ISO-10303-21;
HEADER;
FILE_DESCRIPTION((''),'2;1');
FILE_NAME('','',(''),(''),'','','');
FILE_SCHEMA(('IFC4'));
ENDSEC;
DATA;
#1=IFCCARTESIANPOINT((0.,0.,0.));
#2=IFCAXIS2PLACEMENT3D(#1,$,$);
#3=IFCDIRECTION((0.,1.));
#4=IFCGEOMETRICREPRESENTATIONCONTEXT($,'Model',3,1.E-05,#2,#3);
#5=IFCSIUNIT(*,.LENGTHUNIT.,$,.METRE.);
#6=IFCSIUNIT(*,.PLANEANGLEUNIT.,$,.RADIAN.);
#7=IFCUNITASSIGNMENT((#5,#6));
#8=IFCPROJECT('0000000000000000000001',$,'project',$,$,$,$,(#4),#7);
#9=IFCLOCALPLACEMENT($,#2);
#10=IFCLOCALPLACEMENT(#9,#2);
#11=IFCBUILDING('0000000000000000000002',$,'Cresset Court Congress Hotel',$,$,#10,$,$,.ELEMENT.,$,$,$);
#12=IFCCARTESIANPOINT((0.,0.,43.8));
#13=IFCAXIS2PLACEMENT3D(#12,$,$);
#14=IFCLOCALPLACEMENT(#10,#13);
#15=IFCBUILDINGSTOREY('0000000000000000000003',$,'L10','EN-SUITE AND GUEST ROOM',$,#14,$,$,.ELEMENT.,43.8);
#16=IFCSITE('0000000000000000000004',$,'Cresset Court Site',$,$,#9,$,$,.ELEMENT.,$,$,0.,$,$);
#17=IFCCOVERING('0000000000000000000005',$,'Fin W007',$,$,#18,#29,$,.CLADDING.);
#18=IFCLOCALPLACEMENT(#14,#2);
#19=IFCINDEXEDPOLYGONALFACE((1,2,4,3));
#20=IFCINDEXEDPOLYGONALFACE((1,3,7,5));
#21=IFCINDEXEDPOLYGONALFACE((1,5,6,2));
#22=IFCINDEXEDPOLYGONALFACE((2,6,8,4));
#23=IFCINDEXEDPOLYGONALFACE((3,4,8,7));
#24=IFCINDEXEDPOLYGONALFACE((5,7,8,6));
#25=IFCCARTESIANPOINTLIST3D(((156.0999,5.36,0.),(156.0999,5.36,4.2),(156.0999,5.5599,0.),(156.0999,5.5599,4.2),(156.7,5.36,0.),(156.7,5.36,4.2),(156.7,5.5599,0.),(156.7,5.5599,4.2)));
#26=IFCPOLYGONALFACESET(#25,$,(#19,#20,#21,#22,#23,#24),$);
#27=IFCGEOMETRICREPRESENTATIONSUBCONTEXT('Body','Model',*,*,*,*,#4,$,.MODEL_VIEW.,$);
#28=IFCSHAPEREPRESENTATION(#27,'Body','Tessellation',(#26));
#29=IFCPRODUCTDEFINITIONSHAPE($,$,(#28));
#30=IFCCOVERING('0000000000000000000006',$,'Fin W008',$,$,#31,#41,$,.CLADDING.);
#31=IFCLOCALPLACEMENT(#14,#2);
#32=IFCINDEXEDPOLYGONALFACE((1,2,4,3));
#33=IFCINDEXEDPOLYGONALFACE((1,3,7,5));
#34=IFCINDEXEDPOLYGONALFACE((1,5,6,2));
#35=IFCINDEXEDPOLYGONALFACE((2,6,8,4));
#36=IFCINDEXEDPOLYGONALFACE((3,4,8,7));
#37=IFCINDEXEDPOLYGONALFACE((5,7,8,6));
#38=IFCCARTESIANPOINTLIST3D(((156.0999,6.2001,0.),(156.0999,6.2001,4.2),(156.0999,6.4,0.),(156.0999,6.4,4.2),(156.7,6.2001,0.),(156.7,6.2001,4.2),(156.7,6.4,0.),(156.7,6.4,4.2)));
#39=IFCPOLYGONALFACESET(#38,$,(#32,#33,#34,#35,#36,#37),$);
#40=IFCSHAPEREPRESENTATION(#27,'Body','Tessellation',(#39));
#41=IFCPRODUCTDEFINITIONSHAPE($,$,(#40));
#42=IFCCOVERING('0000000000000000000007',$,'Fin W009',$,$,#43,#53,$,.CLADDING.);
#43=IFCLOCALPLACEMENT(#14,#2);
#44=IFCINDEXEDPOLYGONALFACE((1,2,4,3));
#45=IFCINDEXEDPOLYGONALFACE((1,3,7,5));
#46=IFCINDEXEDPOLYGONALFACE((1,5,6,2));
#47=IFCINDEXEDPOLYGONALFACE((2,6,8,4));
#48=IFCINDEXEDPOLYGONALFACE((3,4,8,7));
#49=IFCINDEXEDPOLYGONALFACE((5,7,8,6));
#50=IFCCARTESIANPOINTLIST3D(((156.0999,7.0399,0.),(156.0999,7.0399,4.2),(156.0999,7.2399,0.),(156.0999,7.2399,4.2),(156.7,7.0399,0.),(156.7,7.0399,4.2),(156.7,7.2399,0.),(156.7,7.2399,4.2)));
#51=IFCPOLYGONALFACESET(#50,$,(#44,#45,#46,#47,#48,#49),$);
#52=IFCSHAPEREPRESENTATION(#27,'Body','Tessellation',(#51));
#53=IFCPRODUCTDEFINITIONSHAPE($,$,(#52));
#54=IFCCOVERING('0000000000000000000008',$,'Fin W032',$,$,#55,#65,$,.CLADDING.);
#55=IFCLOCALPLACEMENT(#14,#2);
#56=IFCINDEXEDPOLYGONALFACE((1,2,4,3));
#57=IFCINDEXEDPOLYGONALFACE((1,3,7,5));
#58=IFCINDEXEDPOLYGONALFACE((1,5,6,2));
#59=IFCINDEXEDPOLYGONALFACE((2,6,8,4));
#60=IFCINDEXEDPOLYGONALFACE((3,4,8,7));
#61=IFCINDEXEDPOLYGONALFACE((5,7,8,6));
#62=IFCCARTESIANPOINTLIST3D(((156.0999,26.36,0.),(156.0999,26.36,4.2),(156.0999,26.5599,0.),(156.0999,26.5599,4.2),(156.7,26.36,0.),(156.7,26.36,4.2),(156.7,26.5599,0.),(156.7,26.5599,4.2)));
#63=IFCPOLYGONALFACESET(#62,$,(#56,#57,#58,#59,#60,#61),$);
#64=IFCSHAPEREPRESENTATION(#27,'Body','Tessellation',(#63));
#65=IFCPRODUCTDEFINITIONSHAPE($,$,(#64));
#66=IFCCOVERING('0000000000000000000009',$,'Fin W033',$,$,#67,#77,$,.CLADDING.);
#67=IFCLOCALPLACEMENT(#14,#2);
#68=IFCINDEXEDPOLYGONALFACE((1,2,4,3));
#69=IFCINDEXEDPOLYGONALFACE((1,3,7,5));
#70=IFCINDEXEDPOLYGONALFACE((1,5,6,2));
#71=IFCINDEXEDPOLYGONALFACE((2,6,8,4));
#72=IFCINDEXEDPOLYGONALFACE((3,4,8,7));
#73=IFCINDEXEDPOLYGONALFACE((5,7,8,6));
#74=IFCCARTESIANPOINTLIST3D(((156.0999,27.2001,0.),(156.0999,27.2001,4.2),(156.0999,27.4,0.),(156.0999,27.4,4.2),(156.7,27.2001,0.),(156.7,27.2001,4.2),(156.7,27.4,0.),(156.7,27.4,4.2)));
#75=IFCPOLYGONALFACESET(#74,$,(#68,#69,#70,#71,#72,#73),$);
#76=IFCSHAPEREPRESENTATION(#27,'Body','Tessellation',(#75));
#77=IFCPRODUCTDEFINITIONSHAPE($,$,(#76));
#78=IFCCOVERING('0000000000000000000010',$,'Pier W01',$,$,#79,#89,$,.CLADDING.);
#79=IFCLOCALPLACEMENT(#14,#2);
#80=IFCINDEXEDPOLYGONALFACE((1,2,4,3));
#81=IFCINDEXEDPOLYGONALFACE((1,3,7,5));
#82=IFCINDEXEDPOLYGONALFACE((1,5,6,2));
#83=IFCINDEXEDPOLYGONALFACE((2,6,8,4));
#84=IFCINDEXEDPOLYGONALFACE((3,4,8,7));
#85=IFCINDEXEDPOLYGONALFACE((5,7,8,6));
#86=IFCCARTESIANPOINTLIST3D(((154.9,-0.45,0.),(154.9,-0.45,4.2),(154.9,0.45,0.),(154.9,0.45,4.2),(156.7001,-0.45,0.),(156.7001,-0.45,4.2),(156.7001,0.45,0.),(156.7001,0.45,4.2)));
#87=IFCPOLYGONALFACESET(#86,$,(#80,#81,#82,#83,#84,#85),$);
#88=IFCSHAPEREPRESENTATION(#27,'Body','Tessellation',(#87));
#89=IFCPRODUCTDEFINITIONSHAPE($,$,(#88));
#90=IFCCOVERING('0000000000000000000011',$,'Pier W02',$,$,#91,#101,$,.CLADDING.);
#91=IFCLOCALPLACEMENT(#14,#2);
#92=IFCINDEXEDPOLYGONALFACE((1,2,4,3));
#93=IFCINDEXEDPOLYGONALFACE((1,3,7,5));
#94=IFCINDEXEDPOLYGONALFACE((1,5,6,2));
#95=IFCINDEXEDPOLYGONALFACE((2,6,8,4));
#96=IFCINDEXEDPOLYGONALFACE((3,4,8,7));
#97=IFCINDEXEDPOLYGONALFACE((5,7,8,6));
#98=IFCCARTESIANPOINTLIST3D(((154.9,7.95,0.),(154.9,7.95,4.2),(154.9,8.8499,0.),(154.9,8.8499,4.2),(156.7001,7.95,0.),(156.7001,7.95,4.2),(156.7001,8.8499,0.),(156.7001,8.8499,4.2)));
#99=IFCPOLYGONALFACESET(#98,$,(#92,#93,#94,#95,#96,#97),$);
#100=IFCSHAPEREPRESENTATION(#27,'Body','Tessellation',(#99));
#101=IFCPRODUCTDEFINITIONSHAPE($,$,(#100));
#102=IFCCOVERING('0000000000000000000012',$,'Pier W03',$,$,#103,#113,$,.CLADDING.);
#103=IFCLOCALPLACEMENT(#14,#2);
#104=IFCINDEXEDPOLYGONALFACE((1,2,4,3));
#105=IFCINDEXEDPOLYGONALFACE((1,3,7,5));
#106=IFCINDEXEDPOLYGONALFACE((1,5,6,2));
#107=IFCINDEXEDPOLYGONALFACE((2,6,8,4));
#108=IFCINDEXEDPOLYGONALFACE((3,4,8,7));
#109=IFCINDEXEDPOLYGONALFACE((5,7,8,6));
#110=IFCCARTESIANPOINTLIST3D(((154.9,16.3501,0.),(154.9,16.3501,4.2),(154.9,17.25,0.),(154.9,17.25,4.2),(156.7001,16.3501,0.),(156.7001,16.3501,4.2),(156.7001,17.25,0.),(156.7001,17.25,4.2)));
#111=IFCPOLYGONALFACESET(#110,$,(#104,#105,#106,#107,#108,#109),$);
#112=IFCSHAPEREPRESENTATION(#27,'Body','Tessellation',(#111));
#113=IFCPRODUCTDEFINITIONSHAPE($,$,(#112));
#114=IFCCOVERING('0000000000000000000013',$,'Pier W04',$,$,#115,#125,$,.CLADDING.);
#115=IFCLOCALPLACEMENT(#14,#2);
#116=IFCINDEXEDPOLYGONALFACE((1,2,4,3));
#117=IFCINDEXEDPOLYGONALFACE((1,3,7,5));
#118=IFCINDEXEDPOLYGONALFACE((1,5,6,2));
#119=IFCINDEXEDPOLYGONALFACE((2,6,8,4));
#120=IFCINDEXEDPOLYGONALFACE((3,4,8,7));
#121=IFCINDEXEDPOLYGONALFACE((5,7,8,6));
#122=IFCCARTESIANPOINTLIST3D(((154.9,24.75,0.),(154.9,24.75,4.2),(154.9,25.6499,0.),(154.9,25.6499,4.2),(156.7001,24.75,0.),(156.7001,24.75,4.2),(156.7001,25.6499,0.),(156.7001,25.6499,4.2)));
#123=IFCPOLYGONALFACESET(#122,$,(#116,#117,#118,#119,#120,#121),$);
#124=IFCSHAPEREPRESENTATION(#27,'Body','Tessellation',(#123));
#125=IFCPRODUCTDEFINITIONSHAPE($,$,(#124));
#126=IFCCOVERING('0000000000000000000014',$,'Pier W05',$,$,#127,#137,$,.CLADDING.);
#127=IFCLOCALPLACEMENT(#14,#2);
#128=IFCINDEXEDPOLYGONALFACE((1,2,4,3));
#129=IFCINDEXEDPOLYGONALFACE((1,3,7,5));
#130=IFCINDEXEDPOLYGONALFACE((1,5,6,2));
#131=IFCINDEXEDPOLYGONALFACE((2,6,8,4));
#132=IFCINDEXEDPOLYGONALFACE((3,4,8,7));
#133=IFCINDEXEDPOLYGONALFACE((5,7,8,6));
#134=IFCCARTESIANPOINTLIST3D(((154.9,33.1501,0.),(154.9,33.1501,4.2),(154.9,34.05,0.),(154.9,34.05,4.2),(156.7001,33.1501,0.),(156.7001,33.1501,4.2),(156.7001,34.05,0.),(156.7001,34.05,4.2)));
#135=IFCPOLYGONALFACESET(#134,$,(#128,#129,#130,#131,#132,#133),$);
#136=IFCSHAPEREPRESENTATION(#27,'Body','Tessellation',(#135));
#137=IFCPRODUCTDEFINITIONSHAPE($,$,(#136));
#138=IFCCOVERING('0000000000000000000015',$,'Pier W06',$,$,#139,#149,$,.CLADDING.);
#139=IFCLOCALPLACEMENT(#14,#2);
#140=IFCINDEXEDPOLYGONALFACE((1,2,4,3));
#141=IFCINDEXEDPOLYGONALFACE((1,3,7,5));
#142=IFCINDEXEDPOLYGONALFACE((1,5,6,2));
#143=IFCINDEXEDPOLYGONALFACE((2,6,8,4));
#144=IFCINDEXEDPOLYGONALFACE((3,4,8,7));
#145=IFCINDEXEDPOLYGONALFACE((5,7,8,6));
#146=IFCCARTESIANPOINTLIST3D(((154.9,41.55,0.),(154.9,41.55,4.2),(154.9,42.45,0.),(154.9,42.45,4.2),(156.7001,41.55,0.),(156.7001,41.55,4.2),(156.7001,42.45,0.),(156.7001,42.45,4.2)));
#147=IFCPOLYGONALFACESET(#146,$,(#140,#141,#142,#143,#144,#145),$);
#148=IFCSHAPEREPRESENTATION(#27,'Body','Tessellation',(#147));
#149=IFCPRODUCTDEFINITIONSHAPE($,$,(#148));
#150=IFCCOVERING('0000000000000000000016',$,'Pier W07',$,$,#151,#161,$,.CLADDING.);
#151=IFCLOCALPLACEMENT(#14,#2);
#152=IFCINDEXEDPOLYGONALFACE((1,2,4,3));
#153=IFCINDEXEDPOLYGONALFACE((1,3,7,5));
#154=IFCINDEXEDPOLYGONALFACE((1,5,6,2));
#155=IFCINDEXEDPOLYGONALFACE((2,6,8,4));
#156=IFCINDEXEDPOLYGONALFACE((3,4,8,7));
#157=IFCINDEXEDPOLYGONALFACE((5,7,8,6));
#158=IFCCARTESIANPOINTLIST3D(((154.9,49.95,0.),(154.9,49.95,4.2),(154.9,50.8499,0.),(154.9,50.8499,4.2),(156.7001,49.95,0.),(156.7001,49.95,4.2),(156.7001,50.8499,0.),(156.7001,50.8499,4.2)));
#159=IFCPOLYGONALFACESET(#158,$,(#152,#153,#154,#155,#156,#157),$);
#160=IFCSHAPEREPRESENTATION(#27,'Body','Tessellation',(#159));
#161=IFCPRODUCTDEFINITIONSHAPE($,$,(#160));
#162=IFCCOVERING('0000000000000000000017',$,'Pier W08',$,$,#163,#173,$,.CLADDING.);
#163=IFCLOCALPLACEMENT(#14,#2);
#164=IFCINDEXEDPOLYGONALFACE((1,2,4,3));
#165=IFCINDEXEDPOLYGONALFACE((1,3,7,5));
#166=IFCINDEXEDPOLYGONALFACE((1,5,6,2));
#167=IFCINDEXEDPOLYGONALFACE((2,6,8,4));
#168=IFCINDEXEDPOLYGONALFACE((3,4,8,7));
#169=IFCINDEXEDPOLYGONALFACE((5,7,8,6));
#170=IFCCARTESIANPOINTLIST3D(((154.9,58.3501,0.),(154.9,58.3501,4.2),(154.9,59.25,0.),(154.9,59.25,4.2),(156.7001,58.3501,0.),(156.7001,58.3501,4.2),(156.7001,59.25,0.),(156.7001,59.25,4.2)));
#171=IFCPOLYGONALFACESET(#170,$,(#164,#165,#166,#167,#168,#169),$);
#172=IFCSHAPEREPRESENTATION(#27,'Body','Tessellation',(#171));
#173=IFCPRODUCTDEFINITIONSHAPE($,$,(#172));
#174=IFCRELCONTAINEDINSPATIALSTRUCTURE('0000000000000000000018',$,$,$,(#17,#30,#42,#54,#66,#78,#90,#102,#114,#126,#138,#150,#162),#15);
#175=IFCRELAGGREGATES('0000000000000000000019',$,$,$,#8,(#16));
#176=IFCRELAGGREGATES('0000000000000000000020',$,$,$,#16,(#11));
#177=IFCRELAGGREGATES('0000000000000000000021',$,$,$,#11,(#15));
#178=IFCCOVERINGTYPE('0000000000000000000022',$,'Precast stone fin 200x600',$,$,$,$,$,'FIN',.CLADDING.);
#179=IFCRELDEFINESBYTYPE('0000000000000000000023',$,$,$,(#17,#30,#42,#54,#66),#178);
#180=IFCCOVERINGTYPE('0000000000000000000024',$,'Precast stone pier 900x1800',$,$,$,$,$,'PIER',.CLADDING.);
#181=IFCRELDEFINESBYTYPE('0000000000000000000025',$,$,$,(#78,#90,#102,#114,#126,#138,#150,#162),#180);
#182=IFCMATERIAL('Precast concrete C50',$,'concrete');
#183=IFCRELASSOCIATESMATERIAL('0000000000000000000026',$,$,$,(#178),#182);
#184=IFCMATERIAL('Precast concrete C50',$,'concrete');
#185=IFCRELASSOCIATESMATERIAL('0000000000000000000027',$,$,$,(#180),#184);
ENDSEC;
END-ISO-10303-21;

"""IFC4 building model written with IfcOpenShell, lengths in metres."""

from ifc_helpers import new_model, si_unit, direction, frame, origin, origin_2d, place, context, subcontext, project, spatial, rectangle, extrude, material, type_object, element, save


model = new_model("IFC4")

# Units and contexts
model_context = context("Model", 3, precision=1e-05, world=origin(), true_north=direction((0.0, 1.0)))
body_context = subcontext(model_context, "Body", "Model", "MODEL_VIEW")
ifc_project = project(units=[si_unit("LENGTHUNIT", "METRE"), si_unit("PLANEANGLEUNIT", "RADIAN")], contexts=[model_context])

# Site, building, storey
site_placement = place(None, origin())
site = spatial("IfcSite", under=ifc_project, at=site_placement, Name="Cresset Court Site", CompositionType="ELEMENT", RefElevation=0.0)
building_placement = place(site_placement, origin())
building = spatial("IfcBuilding", under=site, at=building_placement, Name="Cresset Court Congress Hotel", CompositionType="ELEMENT")
storey_placement = place(building_placement, frame((0.0, 0.0, 43.8)))
storey = spatial("IfcBuildingStorey", under=building, at=storey_placement, Name="L10", Description="EN-SUITE AND GUEST ROOM", CompositionType="ELEMENT", Elevation=43.8)

# Coverings
ifc_material_1 = material(Name="Precast concrete C50", Category="concrete")
covering_type_1 = type_object("IfcCoveringType", Name="Precast stone fin 200x600", ElementType="FIN", PredefinedType="CLADDING", material=ifc_material_1)
for number, where, z_axis, x_axis, name in (
    (1, (156.3999, 5.46, 0.0), (0.0, 0.0, 1.0), (1.0, 0.0, 0.0), "Fin W007"),
    (2, (156.3999, 6.3, 0.0), (0.0, 0.0, 1.0), (1.0, 0.0, 0.0), "Fin W008"),
    (3, (156.3999, 7.1399, 0.0), (0.0, 0.0, 1.0), (1.0, 0.0, 0.0), "Fin W009"),
    (4, (156.3999, 26.46, 0.0), (0.0, 0.0, 1.0), (1.0, 0.0, 0.0), "Fin W032"),
    (5, (156.3999, 27.3, 0.0), (0.0, 0.0, 1.0), (1.0, 0.0, 0.0), "Fin W033"),
):
    element("IfcCovering", number, at=place(storey_placement, frame(where, z_axis=z_axis, x_axis=x_axis)), inside=storey, type_object=covering_type_1, Name=name, PredefinedType="CLADDING", context=body_context, shape_type="SweptSolid", body=[
        extrude(rectangle(XDim=0.6001, YDim=0.2, at=origin_2d()), origin(), (0.0, 0.0, 1.0), 4.2),
    ])
ifc_material_2 = material(Name="Precast concrete C50", Category="concrete")
covering_type_2 = type_object("IfcCoveringType", Name="Precast stone pier 900x1800", ElementType="PIER", PredefinedType="CLADDING", material=ifc_material_2)
for number, where, z_axis, x_axis, name in (
    (6, (155.8, 0.0, 0.0), (0.0, 0.0, 1.0), (1.0, 0.0, 0.0), "Pier W01"),
    (7, (155.8, 8.3999, 0.0), (0.0, 0.0, 1.0), (1.0, 0.0, 0.0), "Pier W02"),
    (8, (155.8, 16.8, 0.0), (0.0, 0.0, 1.0), (1.0, 0.0, 0.0), "Pier W03"),
    (9, (155.8, 25.2, 0.0), (0.0, 0.0, 1.0), (1.0, 0.0, 0.0), "Pier W04"),
    (10, (155.8, 33.6001, 0.0), (0.0, 0.0, 1.0), (1.0, 0.0, 0.0), "Pier W05"),
    (11, (155.8, 42.0, 0.0), (0.0, 0.0, 1.0), (1.0, 0.0, 0.0), "Pier W06"),
    (12, (155.8, 50.3999, 0.0), (0.0, 0.0, 1.0), (1.0, 0.0, 0.0), "Pier W07"),
    (13, (155.8, 58.8, 0.0), (0.0, 0.0, 1.0), (1.0, 0.0, 0.0), "Pier W08"),
):
    element("IfcCovering", number, at=place(storey_placement, frame(where, z_axis=z_axis, x_axis=x_axis)), inside=storey, type_object=covering_type_2, Name=name, PredefinedType="CLADDING", context=body_context, shape_type="SweptSolid", body=[
        extrude(rectangle(XDim=1.8, YDim=0.8999, at=origin_2d()), origin(), (0.0, 0.0, 1.0), 4.2),
    ])

save(model, "model.ifc")
